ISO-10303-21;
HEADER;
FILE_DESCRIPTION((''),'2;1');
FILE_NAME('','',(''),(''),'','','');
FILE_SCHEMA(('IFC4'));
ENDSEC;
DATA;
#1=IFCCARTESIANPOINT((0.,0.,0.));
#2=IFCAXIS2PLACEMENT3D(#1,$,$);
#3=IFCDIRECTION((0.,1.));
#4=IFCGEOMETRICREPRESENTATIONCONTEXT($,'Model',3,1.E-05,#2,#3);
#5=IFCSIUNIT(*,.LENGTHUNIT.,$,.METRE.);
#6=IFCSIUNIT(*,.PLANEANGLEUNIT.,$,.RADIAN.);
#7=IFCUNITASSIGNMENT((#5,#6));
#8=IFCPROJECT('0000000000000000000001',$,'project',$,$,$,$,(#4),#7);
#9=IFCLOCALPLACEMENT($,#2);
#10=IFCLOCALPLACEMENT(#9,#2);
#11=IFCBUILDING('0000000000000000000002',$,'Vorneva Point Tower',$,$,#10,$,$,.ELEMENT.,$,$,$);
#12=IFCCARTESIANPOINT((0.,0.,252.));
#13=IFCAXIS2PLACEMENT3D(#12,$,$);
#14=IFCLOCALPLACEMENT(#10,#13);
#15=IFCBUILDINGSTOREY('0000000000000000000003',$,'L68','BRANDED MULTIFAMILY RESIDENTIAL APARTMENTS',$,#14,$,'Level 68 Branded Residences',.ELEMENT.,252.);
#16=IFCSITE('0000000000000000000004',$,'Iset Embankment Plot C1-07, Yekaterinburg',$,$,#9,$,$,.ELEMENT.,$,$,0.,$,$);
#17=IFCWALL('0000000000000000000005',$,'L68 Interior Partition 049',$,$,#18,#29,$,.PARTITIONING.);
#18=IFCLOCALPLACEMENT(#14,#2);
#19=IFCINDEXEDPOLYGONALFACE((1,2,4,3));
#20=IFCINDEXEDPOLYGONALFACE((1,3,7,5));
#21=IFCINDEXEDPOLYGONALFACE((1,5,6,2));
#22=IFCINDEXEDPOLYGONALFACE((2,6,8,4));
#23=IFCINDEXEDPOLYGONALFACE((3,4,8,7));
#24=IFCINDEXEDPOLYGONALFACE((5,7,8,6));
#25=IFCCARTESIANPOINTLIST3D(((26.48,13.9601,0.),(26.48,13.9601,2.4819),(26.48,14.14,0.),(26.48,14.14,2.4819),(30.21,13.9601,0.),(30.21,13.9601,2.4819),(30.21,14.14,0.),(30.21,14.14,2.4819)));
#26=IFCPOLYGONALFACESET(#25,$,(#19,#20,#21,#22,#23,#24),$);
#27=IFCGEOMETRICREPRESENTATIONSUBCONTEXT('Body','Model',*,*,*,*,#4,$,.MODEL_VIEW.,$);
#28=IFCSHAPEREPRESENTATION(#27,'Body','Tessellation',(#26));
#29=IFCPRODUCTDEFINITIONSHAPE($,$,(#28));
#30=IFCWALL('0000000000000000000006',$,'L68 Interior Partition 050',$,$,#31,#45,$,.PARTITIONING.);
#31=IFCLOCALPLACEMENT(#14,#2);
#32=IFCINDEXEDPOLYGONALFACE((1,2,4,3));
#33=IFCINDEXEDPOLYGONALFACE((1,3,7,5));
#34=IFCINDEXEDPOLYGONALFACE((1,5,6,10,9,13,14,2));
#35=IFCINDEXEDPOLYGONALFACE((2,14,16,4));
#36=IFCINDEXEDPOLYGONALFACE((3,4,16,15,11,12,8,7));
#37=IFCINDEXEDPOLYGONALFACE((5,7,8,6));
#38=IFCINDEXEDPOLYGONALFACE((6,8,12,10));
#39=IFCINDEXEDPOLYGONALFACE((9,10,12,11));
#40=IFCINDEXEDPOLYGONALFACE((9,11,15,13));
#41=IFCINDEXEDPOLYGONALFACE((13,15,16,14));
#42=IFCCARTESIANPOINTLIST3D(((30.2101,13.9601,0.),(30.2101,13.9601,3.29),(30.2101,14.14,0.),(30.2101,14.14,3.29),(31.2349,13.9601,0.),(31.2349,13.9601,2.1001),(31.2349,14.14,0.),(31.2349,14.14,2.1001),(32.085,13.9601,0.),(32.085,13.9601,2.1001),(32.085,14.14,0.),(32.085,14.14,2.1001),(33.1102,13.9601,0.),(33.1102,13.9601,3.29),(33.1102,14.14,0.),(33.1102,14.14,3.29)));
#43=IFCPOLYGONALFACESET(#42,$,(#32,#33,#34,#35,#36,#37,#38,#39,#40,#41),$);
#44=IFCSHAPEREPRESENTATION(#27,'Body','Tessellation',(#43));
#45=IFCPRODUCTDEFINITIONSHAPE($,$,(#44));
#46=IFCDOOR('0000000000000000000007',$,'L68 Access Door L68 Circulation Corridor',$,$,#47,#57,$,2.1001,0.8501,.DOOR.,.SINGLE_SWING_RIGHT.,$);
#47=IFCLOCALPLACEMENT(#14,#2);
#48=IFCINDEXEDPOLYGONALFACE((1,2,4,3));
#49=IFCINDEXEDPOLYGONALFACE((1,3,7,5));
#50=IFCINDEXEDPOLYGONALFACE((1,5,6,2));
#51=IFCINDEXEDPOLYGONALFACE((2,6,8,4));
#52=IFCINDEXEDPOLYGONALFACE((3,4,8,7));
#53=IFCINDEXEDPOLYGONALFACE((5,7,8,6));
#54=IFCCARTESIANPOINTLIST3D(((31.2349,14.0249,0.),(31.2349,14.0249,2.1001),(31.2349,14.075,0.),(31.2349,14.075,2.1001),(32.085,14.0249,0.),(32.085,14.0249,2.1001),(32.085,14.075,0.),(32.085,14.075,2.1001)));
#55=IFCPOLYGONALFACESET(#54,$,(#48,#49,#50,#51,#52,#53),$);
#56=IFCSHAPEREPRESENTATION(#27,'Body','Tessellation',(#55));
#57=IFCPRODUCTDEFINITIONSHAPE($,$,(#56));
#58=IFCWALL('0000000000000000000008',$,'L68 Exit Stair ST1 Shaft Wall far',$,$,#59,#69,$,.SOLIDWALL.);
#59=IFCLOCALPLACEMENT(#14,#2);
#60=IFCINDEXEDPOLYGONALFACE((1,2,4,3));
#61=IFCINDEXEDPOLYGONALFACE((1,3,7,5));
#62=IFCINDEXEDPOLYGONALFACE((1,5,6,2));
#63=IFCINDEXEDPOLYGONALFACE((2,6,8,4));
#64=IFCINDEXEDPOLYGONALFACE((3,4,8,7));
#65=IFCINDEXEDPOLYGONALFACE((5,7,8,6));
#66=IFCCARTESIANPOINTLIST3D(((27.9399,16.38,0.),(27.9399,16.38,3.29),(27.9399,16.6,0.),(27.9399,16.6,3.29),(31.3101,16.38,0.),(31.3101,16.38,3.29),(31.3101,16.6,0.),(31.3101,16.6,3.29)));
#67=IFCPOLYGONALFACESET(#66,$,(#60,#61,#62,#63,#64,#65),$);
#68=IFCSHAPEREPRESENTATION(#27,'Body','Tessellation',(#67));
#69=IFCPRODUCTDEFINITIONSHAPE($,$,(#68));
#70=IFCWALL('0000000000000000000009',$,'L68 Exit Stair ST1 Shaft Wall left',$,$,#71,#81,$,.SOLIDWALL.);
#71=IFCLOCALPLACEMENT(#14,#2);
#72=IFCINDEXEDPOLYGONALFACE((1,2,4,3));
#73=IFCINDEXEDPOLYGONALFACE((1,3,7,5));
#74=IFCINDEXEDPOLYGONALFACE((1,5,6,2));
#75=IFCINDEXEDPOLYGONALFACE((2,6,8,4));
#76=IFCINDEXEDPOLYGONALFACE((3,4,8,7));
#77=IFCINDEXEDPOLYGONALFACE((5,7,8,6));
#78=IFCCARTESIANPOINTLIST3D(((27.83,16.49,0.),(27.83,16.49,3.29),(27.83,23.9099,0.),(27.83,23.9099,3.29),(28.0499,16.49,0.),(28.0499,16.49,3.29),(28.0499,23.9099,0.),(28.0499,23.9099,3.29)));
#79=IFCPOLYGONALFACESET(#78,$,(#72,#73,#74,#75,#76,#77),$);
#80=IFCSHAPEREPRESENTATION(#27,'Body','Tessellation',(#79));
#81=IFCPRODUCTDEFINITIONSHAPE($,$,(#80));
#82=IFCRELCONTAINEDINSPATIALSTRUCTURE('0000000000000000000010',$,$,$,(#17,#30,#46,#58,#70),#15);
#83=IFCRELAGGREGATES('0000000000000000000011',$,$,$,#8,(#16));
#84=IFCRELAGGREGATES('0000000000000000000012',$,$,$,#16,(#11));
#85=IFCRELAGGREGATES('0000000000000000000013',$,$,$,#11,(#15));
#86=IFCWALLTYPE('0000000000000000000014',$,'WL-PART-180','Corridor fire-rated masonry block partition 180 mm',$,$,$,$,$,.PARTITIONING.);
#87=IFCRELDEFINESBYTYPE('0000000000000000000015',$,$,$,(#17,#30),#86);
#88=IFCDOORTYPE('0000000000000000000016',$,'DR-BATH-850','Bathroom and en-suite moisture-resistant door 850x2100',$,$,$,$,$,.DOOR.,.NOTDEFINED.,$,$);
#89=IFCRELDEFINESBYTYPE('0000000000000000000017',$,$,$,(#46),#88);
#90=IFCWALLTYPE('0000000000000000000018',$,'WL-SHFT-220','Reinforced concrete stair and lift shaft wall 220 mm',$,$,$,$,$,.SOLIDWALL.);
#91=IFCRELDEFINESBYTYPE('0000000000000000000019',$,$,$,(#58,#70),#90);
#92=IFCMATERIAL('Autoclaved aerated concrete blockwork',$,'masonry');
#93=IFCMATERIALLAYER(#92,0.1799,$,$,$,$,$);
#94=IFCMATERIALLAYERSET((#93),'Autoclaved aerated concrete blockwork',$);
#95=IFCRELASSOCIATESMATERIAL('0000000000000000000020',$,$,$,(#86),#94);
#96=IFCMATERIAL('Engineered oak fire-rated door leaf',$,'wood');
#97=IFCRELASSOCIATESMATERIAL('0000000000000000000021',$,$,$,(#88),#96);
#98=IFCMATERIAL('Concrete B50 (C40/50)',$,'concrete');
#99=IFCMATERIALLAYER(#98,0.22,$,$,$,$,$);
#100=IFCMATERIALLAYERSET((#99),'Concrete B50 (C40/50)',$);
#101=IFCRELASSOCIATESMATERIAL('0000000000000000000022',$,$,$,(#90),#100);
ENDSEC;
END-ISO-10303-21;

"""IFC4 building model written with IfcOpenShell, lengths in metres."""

from ifc_helpers import new_model, si_unit, direction, frame, frame_2d, origin, place, context, subcontext, project, spatial, rectangle, extrude, material, layer, layer_set, type_object, element, fill, save


model = new_model("IFC4")

# Units and contexts
model_context = context("Model", 3, precision=1e-05, world=origin(), true_north=direction((0.0, 1.0)))
body_context = subcontext(model_context, "Body", "Model", "MODEL_VIEW")
ifc_project = project(units=[si_unit("LENGTHUNIT", "METRE"), si_unit("PLANEANGLEUNIT", "RADIAN")], contexts=[model_context])

# Site, building, storey
site_placement = place(None, origin())
site = spatial("IfcSite", under=ifc_project, at=site_placement, Name="Iset Embankment Plot C1-07, Yekaterinburg", CompositionType="ELEMENT", RefElevation=0.0)
building_placement = place(site_placement, origin())
building = spatial("IfcBuilding", under=site, at=building_placement, Name="Vorneva Point Tower", CompositionType="ELEMENT")
storey_placement = place(building_placement, frame((0.0, 0.0, 252.0)))
storey = spatial("IfcBuildingStorey", under=building, at=storey_placement, Name="L68", Description="BRANDED MULTIFAMILY RESIDENTIAL APARTMENTS", LongName="Level 68 Branded Residences", CompositionType="ELEMENT", Elevation=252.0)

# Shared definitions
ifc_material_1 = material(Name="Concrete B50 (C40/50)", Category="concrete")

# Shared definitions
ifc_material_2 = material(Name="Autoclaved aerated concrete blockwork", Category="masonry")
ifc_layer_1 = layer(ifc_material_2, 0.1799)
ifc_layer_set_1 = layer_set([ifc_layer_1], Name="Autoclaved aerated concrete blockwork")
wall_type_1 = type_object("IfcWallType", Name="WL-PART-180", Description="Corridor fire-rated masonry block partition 180 mm", PredefinedType="PARTITIONING", material=ifc_layer_set_1)

# Shared definitions
ifc_material_3 = material(Name="Engineered oak fire-rated door leaf", Category="wood")
door_type_1 = type_object("IfcDoorType", Name="DR-BATH-850", Description="Bathroom and en-suite moisture-resistant door 850x2100", OperationType="NOTDEFINED", PredefinedType="DOOR", material=ifc_material_3)

# Wall
wall_1_placement = place(storey_placement, frame((26.48, 14.05, 0.0), z_axis=(0.0, 0.0, 1.0), x_axis=(1.0, 0.0, 0.0)))
element("IfcWall", 1, at=wall_1_placement, inside=storey, type_object=wall_type_1, Name="L68 Interior Partition 049", PredefinedType="PARTITIONING", context=body_context, shape_type="SweptSolid", body=[
    extrude(rectangle(XDim=3.73, YDim=0.1799, at=frame_2d((1.865, 0.0))), origin(), (0.0, 0.0, 1.0), 2.4819),
])

# Wall, opening, door
wall_2_placement = place(storey_placement, frame((30.21, 14.05, 0.0), z_axis=(0.0, 0.0, 1.0), x_axis=(1.0, 0.0, 0.0)))
wall_2 = element("IfcWall", 2, at=wall_2_placement, inside=storey, type_object=wall_type_1, Name="L68 Interior Partition 050", PredefinedType="PARTITIONING", context=body_context, shape_type="SweptSolid", body=[
    extrude(rectangle(XDim=2.9001, YDim=0.1799, at=frame_2d((1.4502, 0.0))), origin(), (0.0, 0.0, 1.0), 3.29),
])
opening_1_placement = place(wall_2_placement, frame((1.0249, 0.0, 0.0)))
opening_1 = element("IfcOpeningElement", 3, at=opening_1_placement, cuts=wall_2, PredefinedType="OPENING", context=body_context, shape_type="SweptSolid", body=[
    extrude(rectangle(XDim=0.8501, YDim=2.1001, at=frame_2d((0.425, 1.05))), frame((0.0, 0.105, 0.0), z_axis=(0.0, -1.0, 0.0), x_axis=(1.0, 0.0, 0.0)), (0.0, 0.0, 1.0), 0.2097),
])
door_1_placement = place(opening_1_placement, origin())
door_1 = element("IfcDoor", 4, at=door_1_placement, inside=storey, type_object=door_type_1, Name="L68 Access Door L68 Circulation Corridor", OperationType="SINGLE_SWING_RIGHT", OverallHeight=2.1001, OverallWidth=0.8501, PredefinedType="DOOR", context=body_context, shape_type="SweptSolid", body=[
    extrude(rectangle(XDim=0.8501, YDim=2.1001, at=frame_2d((0.425, 1.05))), frame((0.0, 0.0249, 0.0), z_axis=(0.0, -1.0, 0.0), x_axis=(1.0, 0.0, 0.0)), (0.0, 0.0, 1.0), 0.05),
])
fill(opening_1, door_1)

# Walls
ifc_layer_2 = layer(ifc_material_1, 0.22)
ifc_layer_set_2 = layer_set([ifc_layer_2], Name="Concrete B50 (C40/50)")
wall_type_2 = type_object("IfcWallType", Name="WL-SHFT-220", Description="Reinforced concrete stair and lift shaft wall 220 mm", PredefinedType="SOLIDWALL", material=ifc_layer_set_2)
wall_3_placement = place(storey_placement, frame((31.3101, 16.49, 0.0), z_axis=(0.0, 0.0, 1.0), x_axis=(-1.0, 0.0, 0.0)))
element("IfcWall", 5, at=wall_3_placement, inside=storey, type_object=wall_type_2, Name="L68 Exit Stair ST1 Shaft Wall far", PredefinedType="SOLIDWALL", context=body_context, shape_type="SweptSolid", body=[
    extrude(rectangle(XDim=3.3701, YDim=0.22, at=frame_2d((1.6851, 0.0))), origin(), (0.0, 0.0, 1.0), 3.29),
])
wall_4_placement = place(storey_placement, frame((27.9399, 16.49, 0.0), z_axis=(0.0, 0.0, 1.0), x_axis=(0.0, 1.0, 0.0)))
element("IfcWall", 6, at=wall_4_placement, inside=storey, type_object=wall_type_2, Name="L68 Exit Stair ST1 Shaft Wall left", PredefinedType="SOLIDWALL", context=body_context, shape_type="SweptSolid", body=[
    extrude(rectangle(XDim=7.4199, YDim=0.22, at=frame_2d((3.71, 0.0))), origin(), (0.0, 0.0, 1.0), 3.29),
])

save(model, "model.ifc")
